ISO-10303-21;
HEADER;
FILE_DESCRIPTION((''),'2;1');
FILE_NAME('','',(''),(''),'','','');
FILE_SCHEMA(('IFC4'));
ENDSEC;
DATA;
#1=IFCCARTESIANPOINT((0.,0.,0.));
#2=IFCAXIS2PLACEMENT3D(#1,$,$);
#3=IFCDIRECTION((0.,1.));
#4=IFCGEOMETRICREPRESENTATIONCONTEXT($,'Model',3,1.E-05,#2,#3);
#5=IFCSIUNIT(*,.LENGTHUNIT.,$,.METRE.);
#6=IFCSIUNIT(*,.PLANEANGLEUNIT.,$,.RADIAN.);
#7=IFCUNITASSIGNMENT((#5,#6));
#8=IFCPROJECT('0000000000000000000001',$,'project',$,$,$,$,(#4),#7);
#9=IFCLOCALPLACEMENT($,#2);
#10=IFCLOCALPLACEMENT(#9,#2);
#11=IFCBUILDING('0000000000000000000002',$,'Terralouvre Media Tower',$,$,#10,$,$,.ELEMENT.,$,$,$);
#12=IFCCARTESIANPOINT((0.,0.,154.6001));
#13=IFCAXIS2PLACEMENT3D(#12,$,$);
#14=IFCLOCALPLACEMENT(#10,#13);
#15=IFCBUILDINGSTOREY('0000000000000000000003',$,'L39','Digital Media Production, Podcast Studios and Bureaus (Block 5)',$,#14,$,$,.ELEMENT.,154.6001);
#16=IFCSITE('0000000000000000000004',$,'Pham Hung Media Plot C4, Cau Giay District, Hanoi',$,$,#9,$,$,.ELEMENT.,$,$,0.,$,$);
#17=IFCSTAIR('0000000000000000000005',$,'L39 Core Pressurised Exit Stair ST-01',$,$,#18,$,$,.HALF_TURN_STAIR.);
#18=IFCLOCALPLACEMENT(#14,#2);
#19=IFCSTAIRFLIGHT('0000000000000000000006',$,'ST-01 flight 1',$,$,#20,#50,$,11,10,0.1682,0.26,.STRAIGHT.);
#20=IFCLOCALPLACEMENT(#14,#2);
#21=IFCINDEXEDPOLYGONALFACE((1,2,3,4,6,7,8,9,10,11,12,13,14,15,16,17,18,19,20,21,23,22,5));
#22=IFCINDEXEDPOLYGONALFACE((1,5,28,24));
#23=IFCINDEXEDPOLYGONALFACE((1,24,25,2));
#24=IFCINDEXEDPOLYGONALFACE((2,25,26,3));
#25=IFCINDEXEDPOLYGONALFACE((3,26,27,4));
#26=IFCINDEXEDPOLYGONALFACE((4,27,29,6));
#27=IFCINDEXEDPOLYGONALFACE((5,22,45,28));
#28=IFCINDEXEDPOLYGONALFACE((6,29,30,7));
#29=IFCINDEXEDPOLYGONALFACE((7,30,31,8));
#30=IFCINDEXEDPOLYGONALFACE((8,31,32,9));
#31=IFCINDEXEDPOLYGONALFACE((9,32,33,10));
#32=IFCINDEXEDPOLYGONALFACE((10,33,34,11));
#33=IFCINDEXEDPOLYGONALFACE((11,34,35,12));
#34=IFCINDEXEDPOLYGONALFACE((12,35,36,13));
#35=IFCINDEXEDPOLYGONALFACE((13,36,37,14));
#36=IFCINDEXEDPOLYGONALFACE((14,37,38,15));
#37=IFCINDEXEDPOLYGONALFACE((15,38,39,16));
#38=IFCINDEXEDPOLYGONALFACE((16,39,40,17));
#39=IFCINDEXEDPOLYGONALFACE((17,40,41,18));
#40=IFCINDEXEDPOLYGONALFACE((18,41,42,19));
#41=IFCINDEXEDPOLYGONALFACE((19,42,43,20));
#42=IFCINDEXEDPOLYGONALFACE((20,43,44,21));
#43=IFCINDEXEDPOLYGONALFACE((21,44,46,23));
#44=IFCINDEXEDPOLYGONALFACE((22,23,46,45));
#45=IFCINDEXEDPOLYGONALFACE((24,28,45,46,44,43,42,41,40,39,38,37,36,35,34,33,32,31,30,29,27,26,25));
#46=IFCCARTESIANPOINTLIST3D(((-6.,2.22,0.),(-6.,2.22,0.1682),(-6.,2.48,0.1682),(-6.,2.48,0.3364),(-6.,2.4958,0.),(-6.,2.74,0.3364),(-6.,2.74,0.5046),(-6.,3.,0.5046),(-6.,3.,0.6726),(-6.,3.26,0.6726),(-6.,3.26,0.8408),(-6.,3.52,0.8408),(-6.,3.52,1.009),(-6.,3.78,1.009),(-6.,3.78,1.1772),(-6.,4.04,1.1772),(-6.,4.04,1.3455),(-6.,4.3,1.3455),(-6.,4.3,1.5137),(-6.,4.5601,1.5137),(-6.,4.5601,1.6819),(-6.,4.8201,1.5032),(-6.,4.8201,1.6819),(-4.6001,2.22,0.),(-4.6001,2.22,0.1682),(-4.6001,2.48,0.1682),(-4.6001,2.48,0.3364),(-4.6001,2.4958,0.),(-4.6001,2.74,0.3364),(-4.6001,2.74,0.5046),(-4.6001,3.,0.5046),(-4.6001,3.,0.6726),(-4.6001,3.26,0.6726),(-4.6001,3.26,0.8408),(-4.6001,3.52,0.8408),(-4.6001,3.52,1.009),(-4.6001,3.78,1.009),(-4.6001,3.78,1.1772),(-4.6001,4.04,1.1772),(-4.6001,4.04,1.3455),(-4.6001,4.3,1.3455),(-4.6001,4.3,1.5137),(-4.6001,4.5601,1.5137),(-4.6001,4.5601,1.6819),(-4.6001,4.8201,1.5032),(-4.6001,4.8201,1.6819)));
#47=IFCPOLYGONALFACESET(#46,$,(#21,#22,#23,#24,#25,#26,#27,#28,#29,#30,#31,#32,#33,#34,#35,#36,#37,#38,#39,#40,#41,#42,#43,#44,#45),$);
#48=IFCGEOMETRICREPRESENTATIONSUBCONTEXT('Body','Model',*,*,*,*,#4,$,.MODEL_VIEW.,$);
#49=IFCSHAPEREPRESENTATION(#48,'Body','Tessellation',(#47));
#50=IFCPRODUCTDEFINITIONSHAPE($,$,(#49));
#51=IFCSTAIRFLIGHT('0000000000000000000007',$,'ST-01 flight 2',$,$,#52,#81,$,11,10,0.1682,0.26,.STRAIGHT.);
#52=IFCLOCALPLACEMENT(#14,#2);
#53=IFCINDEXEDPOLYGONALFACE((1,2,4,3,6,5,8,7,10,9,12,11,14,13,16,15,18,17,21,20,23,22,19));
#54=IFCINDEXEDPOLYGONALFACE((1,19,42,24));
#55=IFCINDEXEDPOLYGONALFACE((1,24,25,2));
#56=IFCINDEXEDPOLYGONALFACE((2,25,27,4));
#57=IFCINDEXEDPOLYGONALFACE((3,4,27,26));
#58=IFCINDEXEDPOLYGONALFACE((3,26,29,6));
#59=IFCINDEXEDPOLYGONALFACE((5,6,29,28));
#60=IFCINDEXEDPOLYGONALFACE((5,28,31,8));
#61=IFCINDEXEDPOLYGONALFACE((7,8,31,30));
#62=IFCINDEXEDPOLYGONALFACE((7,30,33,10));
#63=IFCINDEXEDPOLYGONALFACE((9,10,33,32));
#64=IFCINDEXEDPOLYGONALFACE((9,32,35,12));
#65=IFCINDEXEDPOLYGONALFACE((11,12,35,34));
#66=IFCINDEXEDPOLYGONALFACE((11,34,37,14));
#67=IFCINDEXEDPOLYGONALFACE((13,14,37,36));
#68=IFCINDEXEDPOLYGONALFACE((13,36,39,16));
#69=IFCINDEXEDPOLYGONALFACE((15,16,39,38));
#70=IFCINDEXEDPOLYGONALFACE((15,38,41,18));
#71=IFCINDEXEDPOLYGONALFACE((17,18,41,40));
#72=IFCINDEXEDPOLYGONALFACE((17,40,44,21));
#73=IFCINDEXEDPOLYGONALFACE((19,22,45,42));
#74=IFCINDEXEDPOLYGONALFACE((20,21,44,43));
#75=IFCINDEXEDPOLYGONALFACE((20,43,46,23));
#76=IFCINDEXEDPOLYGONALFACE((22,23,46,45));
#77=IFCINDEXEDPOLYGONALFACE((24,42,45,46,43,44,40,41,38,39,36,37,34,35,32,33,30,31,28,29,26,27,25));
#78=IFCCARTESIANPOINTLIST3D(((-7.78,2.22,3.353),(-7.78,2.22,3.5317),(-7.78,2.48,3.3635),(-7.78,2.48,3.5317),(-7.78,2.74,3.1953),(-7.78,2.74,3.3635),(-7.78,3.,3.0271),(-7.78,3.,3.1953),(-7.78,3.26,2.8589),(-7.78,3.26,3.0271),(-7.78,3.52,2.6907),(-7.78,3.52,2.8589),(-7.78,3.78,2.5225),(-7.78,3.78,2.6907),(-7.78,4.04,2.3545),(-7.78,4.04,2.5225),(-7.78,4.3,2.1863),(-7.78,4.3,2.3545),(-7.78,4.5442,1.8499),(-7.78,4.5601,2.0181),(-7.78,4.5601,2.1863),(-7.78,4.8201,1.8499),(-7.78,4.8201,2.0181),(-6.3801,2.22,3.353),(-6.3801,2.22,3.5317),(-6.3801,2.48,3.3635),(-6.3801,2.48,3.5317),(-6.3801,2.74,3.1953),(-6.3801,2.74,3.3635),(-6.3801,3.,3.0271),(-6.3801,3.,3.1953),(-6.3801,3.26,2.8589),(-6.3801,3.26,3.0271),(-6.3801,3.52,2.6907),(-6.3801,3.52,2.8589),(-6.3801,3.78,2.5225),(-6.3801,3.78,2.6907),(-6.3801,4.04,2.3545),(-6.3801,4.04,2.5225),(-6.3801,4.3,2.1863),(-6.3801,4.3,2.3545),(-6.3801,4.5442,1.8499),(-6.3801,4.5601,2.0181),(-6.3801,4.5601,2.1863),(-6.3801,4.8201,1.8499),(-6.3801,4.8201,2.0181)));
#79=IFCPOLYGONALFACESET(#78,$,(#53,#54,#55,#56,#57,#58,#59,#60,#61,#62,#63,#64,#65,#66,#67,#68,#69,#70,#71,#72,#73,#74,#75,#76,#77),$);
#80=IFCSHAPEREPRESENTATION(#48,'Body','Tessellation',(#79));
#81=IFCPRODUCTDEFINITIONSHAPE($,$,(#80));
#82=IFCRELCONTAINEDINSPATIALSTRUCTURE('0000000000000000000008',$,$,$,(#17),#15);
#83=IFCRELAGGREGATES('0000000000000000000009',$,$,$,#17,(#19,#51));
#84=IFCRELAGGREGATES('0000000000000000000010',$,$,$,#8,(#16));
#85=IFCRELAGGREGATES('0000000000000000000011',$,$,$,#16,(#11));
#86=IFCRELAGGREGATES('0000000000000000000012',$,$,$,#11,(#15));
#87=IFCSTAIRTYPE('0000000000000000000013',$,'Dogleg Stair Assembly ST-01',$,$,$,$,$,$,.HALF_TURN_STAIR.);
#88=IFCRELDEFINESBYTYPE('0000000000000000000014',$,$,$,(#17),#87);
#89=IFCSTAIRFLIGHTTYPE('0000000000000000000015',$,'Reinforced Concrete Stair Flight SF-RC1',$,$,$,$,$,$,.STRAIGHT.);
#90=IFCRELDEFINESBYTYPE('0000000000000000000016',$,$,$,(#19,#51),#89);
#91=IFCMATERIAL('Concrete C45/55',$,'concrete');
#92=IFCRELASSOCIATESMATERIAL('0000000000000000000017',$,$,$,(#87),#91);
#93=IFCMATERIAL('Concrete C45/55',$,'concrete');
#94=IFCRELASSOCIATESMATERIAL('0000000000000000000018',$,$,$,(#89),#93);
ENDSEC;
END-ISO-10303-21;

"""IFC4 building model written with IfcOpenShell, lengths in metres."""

from ifc_helpers import new_model, si_unit, direction, frame, origin, place, context, subcontext, project, spatial, polyline, outline, extrude, material, type_object, element, aggregate, save


model = new_model("IFC4")

# Units and contexts
model_context = context("Model", 3, precision=1e-05, world=origin(), true_north=direction((0.0, 1.0)))
body_context = subcontext(model_context, "Body", "Model", "MODEL_VIEW")
ifc_project = project(units=[si_unit("LENGTHUNIT", "METRE"), si_unit("PLANEANGLEUNIT", "RADIAN")], contexts=[model_context])

# Site, building, storey
site_placement = place(None, origin())
site = spatial("IfcSite", under=ifc_project, at=site_placement, Name="Pham Hung Media Plot C4, Cau Giay District, Hanoi", CompositionType="ELEMENT", RefElevation=0.0)
building_placement = place(site_placement, origin())
building = spatial("IfcBuilding", under=site, at=building_placement, Name="Terralouvre Media Tower", CompositionType="ELEMENT")
storey_placement = place(building_placement, frame((0.0, 0.0, 154.6001)))
storey = spatial("IfcBuildingStorey", under=building, at=storey_placement, Name="L39", Description="Digital Media Production, Podcast Studios and Bureaus (Block 5)", CompositionType="ELEMENT", Elevation=154.6001)

# Stair, stair flights
ifc_material_1 = material(Name="Concrete C45/55", Category="concrete")
stair_type = type_object("IfcStairType", Name="Dogleg Stair Assembly ST-01", PredefinedType="HALF_TURN_STAIR", material=ifc_material_1)
stair_placement = place(storey_placement, origin())
stair = element("IfcStair", 1, at=stair_placement, inside=storey, type_object=stair_type, Name="L39 Core Pressurised Exit Stair ST-01", PredefinedType="HALF_TURN_STAIR")
ifc_material_2 = material(Name="Concrete C45/55", Category="concrete")
stair_flight_type = type_object("IfcStairFlightType", Name="Reinforced Concrete Stair Flight SF-RC1", PredefinedType="STRAIGHT", material=ifc_material_2)
stair_flight_1_placement = place(storey_placement, frame((-5.3, 2.22, 0.0), z_axis=(0.0, 0.0, 1.0), x_axis=(0.0, 1.0, 0.0)))
stair_flight_1 = element("IfcStairFlight", 2, at=stair_flight_1_placement, type_object=stair_flight_type, Name="ST-01 flight 1", NumberOfRisers=11, NumberOfTreads=10, PredefinedType="STRAIGHT", RiserHeight=0.1682, TreadLength=0.26, context=body_context, shape_type="SweptSolid", body=[
    extrude(outline(polyline([(0.0, 0.0), (0.0, 0.1682), (0.26, 0.1682), (0.26, 0.3364), (0.52, 0.3364), (0.52, 0.5046), (0.78, 0.5046), (0.78, 0.6726), (1.04, 0.6726), (1.04, 0.8408), (1.3, 0.8408), (1.3, 1.009), (1.5601, 1.009), (1.5601, 1.1772), (1.8201, 1.1772), (1.8201, 1.3455), (2.0801, 1.3455), (2.0801, 1.5137), (2.3401, 1.5137), (2.3401, 1.6819), (2.6001, 1.6819), (2.6001, 1.8501), (2.6001, 1.5032), (0.2759, 0.0), (0.0, 0.0)])), frame((0.0, 0.7, 0.0), z_axis=(0.0, -1.0, 0.0), x_axis=(1.0, 0.0, 0.0)), (0.0, 0.0, 1.0), 1.3999),
])
stair_flight_2_placement = place(storey_placement, frame((-7.0801, 4.8201, 1.8499), z_axis=(0.0, 0.0, 1.0), x_axis=(0.0, -1.0, 0.0)))
stair_flight_2 = element("IfcStairFlight", 3, at=stair_flight_2_placement, type_object=stair_flight_type, Name="ST-01 flight 2", NumberOfRisers=11, NumberOfTreads=10, PredefinedType="STRAIGHT", RiserHeight=0.1682, TreadLength=0.26, context=body_context, shape_type="SweptSolid", body=[
    extrude(outline(polyline([(0.0, 0.0), (0.0, 0.1682), (0.26, 0.1682), (0.26, 0.3364), (0.52, 0.3364), (0.52, 0.5046), (0.78, 0.5046), (0.78, 0.6726), (1.04, 0.6726), (1.04, 0.8408), (1.3, 0.8408), (1.3, 1.009), (1.5601, 1.009), (1.5601, 1.1772), (1.8201, 1.1772), (1.8201, 1.3455), (2.0801, 1.3455), (2.0801, 1.5137), (2.3401, 1.5137), (2.3401, 1.6819), (2.6001, 1.6819), (2.6001, 1.8501), (2.6001, 1.5032), (0.2759, 0.0), (0.0, 0.0)])), frame((0.0, 0.7, 0.0), z_axis=(0.0, -1.0, 0.0), x_axis=(1.0, 0.0, 0.0)), (0.0, 0.0, 1.0), 1.3999),
])
aggregate(stair, [stair_flight_1, stair_flight_2])

save(model, "model.ifc")
